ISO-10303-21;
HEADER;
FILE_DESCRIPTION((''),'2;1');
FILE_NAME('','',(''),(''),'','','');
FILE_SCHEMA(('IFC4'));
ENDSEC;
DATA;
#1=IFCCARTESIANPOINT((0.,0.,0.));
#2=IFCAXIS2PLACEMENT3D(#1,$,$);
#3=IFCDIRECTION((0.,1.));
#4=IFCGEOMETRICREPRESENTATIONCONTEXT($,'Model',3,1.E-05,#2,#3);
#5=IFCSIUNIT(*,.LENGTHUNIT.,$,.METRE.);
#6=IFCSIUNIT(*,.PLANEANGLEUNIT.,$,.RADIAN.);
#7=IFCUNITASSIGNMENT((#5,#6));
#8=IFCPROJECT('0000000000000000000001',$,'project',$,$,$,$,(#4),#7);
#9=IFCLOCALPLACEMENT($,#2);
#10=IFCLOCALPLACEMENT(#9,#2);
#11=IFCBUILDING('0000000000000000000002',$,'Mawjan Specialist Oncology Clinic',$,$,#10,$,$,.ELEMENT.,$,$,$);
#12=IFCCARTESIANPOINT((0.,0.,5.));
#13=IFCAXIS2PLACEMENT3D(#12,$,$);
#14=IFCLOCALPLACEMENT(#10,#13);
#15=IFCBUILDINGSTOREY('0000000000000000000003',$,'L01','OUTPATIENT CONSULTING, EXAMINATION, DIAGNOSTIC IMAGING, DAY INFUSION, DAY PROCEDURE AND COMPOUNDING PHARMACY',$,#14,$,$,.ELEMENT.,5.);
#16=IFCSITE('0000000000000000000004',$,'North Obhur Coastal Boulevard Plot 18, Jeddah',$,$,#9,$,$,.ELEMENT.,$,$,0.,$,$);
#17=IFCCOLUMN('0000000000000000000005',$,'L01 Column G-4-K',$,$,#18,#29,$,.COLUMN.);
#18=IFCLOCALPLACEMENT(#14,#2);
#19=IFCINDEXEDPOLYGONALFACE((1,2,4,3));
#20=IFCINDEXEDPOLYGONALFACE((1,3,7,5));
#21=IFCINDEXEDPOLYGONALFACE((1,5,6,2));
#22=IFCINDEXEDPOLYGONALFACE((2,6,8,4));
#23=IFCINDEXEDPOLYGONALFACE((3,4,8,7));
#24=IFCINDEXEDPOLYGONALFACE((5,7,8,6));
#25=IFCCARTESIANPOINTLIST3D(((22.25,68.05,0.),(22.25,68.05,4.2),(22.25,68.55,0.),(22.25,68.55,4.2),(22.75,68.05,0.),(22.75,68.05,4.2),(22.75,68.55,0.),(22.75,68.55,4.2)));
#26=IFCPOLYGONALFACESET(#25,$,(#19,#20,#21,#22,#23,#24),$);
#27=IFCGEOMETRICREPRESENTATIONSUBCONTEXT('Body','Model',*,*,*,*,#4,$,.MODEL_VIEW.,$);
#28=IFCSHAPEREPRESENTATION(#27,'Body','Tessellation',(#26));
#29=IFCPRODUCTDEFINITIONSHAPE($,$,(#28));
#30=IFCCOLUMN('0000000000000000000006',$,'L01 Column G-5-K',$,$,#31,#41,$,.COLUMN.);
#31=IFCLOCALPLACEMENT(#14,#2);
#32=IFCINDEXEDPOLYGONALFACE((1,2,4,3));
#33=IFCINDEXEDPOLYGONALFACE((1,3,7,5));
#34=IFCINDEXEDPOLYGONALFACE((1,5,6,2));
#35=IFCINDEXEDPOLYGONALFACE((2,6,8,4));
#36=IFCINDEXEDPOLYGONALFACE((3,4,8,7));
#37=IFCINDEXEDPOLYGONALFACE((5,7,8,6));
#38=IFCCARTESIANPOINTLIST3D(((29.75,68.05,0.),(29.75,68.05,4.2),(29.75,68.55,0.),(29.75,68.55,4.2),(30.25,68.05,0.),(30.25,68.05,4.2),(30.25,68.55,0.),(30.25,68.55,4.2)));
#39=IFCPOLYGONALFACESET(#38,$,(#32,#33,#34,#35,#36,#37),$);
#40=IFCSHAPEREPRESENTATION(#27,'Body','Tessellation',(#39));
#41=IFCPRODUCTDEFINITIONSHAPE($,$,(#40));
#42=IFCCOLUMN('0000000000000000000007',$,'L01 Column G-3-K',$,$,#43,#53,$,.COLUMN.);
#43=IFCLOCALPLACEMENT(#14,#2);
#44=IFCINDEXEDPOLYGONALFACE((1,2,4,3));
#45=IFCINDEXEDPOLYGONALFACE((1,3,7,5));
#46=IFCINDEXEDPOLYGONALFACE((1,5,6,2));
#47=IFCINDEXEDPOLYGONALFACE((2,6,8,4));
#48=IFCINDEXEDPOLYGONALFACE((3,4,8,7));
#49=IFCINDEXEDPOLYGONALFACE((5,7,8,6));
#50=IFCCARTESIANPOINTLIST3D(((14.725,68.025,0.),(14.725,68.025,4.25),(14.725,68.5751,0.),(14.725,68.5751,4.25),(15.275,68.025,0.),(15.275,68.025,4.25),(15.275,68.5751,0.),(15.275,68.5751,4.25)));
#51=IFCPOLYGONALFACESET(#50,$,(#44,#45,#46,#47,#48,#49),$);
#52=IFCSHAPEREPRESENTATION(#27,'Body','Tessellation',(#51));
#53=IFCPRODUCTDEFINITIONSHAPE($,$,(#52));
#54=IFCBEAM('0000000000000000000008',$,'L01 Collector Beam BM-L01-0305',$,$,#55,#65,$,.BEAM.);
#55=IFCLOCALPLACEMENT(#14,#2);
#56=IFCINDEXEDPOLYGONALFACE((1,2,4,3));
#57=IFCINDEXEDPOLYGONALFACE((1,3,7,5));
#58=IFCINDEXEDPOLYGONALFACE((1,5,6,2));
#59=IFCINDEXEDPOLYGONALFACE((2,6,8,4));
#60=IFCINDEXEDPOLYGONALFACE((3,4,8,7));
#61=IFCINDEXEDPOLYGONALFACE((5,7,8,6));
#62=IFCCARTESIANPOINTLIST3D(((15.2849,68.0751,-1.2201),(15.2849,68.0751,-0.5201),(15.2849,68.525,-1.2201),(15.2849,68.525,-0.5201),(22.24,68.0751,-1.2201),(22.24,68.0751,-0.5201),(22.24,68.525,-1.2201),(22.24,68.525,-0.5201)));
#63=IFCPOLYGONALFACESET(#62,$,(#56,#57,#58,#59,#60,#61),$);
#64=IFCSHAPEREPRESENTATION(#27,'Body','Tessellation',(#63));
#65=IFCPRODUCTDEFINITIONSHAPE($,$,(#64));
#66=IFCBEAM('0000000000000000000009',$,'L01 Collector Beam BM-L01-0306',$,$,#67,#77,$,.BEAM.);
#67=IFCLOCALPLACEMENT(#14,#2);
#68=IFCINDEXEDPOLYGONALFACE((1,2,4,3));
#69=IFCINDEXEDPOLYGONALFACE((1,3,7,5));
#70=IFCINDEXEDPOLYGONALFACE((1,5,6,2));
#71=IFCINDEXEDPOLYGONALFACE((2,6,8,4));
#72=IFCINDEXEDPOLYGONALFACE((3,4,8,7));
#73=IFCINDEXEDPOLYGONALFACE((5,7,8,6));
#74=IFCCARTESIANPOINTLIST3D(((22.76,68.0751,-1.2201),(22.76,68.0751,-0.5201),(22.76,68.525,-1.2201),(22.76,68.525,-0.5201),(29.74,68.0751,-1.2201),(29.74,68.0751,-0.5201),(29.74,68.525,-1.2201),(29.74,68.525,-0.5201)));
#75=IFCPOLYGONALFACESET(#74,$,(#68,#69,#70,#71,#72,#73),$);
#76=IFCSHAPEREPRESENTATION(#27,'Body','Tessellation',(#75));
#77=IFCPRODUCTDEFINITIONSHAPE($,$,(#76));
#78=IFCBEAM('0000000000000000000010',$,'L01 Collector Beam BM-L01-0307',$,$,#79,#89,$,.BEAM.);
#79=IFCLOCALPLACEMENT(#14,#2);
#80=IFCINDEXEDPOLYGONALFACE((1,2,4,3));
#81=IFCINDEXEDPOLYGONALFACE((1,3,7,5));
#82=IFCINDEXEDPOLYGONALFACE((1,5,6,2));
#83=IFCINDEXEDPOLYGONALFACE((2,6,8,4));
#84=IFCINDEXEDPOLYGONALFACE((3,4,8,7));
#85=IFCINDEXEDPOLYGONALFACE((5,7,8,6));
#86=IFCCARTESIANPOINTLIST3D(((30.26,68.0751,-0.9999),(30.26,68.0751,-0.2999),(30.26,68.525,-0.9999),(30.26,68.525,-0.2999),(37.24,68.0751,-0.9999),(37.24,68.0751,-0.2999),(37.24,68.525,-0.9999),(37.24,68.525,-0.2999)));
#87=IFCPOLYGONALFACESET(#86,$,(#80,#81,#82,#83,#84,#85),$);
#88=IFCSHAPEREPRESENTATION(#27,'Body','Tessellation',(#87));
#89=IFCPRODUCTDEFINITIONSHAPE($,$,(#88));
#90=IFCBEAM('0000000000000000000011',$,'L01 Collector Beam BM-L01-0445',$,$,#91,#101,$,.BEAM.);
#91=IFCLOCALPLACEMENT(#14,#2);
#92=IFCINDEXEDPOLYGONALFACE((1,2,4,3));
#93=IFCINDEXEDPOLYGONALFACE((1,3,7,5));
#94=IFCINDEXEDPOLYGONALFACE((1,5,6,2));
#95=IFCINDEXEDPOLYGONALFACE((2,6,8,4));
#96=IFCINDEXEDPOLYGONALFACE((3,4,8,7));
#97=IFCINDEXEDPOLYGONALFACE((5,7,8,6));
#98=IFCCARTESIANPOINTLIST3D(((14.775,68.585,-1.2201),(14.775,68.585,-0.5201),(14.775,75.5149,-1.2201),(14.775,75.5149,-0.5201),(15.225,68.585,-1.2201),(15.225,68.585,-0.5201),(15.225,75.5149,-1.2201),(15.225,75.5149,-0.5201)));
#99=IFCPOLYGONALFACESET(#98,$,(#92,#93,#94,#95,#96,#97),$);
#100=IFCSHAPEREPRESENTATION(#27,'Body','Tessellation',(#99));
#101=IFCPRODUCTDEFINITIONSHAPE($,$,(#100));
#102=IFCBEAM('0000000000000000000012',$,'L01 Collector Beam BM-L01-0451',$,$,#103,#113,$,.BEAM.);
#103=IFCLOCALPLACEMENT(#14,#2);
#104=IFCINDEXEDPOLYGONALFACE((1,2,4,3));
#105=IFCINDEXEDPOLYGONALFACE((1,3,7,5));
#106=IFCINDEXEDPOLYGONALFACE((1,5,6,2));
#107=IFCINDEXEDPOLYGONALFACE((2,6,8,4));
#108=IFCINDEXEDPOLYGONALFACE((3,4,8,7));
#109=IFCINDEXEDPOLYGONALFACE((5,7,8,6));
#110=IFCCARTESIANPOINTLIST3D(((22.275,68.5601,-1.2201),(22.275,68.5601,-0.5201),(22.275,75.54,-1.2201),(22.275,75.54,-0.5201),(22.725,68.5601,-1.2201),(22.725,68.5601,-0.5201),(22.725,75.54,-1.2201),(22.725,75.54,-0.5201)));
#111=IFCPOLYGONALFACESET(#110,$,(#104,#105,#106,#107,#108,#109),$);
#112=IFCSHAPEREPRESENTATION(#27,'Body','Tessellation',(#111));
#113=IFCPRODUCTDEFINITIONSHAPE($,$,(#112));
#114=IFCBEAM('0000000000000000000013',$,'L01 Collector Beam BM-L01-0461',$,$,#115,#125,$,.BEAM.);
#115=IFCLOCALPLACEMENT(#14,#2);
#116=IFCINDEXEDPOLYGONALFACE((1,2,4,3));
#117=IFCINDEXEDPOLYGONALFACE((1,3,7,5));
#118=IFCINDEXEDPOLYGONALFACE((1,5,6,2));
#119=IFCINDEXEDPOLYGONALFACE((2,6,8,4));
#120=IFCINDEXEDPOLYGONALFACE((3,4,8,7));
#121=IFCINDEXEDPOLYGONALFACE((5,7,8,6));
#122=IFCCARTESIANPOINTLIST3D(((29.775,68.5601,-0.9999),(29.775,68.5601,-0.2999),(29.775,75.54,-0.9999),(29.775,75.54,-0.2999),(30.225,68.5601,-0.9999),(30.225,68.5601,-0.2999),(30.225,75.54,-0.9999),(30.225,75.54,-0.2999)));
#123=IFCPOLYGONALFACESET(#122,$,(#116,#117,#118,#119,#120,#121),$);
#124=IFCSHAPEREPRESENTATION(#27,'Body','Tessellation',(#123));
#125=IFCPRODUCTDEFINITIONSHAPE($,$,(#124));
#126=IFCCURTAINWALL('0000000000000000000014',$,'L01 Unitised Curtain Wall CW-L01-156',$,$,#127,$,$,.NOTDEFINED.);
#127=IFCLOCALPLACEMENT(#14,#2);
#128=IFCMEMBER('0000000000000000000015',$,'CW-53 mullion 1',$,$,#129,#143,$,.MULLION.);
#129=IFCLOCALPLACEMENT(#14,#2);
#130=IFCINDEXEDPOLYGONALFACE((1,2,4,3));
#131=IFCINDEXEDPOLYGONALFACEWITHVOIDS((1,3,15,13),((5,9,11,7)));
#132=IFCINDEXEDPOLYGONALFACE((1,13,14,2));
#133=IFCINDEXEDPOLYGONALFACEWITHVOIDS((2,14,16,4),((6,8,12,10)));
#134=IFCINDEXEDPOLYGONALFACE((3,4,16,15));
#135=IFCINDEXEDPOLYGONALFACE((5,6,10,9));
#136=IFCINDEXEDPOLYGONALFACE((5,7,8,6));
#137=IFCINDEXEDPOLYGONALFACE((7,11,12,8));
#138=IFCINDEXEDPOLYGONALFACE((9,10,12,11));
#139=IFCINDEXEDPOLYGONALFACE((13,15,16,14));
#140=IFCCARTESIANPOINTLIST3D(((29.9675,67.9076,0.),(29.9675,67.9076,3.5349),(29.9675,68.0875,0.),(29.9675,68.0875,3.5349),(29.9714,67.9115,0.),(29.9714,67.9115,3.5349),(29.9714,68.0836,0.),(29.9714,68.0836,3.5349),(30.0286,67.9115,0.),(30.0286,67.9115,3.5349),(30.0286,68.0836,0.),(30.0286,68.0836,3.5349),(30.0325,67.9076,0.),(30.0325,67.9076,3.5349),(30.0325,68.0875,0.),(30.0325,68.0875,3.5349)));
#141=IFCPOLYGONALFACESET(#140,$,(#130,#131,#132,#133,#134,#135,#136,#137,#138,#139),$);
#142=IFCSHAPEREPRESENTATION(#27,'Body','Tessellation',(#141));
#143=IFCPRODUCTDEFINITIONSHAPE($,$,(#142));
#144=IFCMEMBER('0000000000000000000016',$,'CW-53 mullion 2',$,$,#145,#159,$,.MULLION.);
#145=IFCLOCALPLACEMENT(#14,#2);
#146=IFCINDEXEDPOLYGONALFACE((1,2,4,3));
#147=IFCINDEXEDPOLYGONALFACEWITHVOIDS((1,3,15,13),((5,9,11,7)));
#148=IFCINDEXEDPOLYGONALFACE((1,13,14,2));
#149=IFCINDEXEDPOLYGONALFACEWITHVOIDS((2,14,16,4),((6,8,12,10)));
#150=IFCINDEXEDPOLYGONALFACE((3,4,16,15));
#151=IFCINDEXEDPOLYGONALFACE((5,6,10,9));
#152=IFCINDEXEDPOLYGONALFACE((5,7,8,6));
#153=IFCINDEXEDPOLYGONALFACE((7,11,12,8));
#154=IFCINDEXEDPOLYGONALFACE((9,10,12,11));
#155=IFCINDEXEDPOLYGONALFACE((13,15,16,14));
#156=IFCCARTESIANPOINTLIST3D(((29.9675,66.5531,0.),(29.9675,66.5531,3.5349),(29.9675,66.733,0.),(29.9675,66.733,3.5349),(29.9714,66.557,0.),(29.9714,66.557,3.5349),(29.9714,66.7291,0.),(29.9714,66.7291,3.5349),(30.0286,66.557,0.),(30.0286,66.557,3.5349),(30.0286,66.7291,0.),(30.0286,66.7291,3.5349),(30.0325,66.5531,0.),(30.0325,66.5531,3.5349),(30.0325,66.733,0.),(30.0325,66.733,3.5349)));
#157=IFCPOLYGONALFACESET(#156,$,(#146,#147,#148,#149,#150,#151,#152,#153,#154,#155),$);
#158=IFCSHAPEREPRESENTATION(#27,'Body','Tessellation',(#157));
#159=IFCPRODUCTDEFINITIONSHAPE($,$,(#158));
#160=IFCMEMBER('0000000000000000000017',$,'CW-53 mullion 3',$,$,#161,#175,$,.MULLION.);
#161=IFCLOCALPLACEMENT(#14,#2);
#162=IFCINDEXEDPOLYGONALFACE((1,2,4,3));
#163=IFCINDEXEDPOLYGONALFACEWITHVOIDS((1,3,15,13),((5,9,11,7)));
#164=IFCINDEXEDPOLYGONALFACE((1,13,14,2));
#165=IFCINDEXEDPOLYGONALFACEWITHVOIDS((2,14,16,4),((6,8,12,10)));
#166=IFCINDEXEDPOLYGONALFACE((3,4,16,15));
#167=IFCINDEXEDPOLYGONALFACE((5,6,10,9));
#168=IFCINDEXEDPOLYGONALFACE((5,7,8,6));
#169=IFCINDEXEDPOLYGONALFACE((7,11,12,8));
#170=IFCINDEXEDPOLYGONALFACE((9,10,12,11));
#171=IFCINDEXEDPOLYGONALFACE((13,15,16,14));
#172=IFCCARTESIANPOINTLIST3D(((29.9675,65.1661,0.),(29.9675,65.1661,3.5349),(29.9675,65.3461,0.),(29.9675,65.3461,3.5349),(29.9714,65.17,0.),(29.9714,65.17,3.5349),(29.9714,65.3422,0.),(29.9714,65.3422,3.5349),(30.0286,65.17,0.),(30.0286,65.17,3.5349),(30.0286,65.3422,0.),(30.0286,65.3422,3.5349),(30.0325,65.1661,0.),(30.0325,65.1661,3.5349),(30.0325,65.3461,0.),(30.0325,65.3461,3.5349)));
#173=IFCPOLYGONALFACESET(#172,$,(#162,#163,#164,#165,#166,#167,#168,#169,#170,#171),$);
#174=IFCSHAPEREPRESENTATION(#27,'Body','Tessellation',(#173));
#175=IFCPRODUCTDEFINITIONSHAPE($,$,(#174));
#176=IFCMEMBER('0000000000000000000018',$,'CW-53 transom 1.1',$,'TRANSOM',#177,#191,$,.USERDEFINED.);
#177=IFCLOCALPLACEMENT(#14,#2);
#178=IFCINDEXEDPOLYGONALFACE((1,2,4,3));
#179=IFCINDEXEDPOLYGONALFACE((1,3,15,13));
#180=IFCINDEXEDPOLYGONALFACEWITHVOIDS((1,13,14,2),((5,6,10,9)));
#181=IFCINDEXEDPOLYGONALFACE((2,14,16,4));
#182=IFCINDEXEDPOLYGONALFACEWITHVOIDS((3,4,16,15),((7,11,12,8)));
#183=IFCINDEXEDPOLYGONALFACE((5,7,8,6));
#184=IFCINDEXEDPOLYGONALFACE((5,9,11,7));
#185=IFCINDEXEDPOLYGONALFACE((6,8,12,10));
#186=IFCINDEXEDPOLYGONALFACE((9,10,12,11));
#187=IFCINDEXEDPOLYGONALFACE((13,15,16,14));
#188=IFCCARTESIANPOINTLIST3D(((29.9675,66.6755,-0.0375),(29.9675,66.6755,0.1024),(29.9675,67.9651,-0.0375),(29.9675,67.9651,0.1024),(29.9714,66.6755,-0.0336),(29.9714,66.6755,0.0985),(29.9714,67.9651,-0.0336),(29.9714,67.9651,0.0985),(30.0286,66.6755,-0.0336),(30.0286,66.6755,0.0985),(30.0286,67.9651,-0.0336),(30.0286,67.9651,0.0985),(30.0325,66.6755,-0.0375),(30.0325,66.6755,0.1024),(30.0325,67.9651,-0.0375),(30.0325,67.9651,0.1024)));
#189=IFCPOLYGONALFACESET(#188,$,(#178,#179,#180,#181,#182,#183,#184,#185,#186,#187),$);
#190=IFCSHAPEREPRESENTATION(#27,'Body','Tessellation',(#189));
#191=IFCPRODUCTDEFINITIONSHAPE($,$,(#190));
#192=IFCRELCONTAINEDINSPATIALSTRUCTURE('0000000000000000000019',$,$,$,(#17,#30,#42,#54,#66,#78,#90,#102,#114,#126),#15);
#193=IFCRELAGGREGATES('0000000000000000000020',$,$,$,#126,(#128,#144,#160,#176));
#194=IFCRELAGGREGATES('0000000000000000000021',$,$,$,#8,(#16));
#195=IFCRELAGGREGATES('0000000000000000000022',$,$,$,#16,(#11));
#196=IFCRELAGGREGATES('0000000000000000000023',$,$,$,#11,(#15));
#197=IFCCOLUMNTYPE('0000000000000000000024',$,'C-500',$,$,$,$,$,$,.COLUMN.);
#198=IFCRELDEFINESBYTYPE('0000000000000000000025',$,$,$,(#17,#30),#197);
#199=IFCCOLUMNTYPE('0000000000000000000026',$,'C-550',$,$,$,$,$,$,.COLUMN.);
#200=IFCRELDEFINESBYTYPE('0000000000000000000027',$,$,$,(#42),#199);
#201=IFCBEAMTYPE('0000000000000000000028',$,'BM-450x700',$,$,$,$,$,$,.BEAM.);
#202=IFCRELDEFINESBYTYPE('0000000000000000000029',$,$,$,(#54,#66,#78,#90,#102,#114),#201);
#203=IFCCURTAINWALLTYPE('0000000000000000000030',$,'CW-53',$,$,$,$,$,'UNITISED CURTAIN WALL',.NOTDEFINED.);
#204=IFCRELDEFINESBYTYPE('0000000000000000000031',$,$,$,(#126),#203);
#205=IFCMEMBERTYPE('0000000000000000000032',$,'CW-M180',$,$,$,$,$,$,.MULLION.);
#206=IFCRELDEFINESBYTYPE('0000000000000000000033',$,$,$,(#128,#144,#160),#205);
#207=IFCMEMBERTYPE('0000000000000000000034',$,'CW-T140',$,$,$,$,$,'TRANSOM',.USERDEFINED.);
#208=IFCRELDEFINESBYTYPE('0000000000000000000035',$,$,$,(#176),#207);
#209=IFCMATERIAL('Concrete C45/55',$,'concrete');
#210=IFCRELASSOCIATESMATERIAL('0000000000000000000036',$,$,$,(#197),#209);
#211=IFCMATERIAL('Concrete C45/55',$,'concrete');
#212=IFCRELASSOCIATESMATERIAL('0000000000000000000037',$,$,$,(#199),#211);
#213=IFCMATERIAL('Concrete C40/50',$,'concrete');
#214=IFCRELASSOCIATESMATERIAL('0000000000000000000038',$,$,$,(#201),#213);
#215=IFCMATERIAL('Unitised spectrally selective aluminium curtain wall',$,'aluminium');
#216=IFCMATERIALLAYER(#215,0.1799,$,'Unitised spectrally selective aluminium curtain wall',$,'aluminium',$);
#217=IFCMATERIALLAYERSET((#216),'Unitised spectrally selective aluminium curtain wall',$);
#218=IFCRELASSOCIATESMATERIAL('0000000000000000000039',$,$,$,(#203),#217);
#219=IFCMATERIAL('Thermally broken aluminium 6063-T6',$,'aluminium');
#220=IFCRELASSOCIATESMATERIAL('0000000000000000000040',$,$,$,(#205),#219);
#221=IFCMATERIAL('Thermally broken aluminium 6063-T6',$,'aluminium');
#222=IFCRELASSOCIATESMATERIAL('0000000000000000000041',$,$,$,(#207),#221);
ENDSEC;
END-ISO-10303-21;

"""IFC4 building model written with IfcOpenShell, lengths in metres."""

from ifc_helpers import new_model, si_unit, direction, frame, origin, origin_2d, place, context, subcontext, project, spatial, rectangle, hollow_rectangle, extrude, material, layer, layer_set, material_profile, profile_set, type_object, element, aggregate, save


model = new_model("IFC4")

# Units and contexts
model_context = context("Model", 3, precision=1e-05, world=origin(), true_north=direction((0.0, 1.0)))
body_context = subcontext(model_context, "Body", "Model", "MODEL_VIEW")
ifc_project = project(units=[si_unit("LENGTHUNIT", "METRE"), si_unit("PLANEANGLEUNIT", "RADIAN")], contexts=[model_context])

# Site, building, storey
site_placement = place(None, origin())
site = spatial("IfcSite", under=ifc_project, at=site_placement, Name="North Obhur Coastal Boulevard Plot 18, Jeddah", CompositionType="ELEMENT", RefElevation=0.0)
building_placement = place(site_placement, origin())
building = spatial("IfcBuilding", under=site, at=building_placement, Name="Mawjan Specialist Oncology Clinic", CompositionType="ELEMENT")
storey_placement = place(building_placement, frame((0.0, 0.0, 5.0)))
storey = spatial("IfcBuildingStorey", under=building, at=storey_placement, Name="L01", Description="OUTPATIENT CONSULTING, EXAMINATION, DIAGNOSTIC IMAGING, DAY INFUSION, DAY PROCEDURE AND COMPOUNDING PHARMACY", CompositionType="ELEMENT", Elevation=5.0)

# Columns
ifc_material_1 = material(Name="Concrete C45/55", Category="concrete")
ifc_material_profile_1 = material_profile(ifc_material_1, rectangle(XDim=0.5, YDim=0.5, at=origin_2d()), Name="RC COL 500x500", Category="concrete")
ifc_profile_set_1 = profile_set([ifc_material_profile_1], Name="Concrete C45/55")
column_type_1 = type_object("IfcColumnType", Name="C-500", PredefinedType="COLUMN", material=ifc_profile_set_1)
for number, where, z_axis, x_axis, name in (
    (1, (22.5, 68.3, 0.0), (0.0, 0.0, 1.0), (1.0, 0.0, 0.0), "L01 Column G-4-K"),
    (2, (30.0, 68.3, 0.0), (0.0, 0.0, 1.0), (1.0, 0.0, 0.0), "L01 Column G-5-K"),
):
    element("IfcColumn", number, at=place(storey_placement, frame(where, z_axis=z_axis, x_axis=x_axis)), inside=storey, type_object=column_type_1, Name=name, PredefinedType="COLUMN", context=body_context, shape_type="SweptSolid", body=[
        extrude(rectangle(XDim=0.5, YDim=0.5, at=origin_2d()), origin(), (0.0, 0.0, 1.0), 4.2),
    ])
ifc_material_2 = material(Name="Concrete C45/55", Category="concrete")
ifc_material_profile_2 = material_profile(ifc_material_2, rectangle(XDim=0.55, YDim=0.55, at=origin_2d()), Name="RC COL 550x550", Category="concrete")
ifc_profile_set_2 = profile_set([ifc_material_profile_2], Name="Concrete C45/55")
column_type_2 = type_object("IfcColumnType", Name="C-550", PredefinedType="COLUMN", material=ifc_profile_set_2)
column_placement = place(storey_placement, frame((15.0, 68.3, 0.0), z_axis=(0.0, 0.0, 1.0), x_axis=(1.0, 0.0, 0.0)))
element("IfcColumn", 3, at=column_placement, inside=storey, type_object=column_type_2, Name="L01 Column G-3-K", PredefinedType="COLUMN", context=body_context, shape_type="SweptSolid", body=[
    extrude(rectangle(XDim=0.55, YDim=0.55, at=origin_2d()), origin(), (0.0, 0.0, 1.0), 4.25),
])

# Beams
ifc_material_3 = material(Name="Concrete C40/50", Category="concrete")
ifc_material_profile_3 = material_profile(ifc_material_3, rectangle(XDim=0.45, YDim=0.7, at=origin_2d()), Name="RC BM 450x700", Category="concrete")
ifc_profile_set_3 = profile_set([ifc_material_profile_3], Name="Concrete C40/50")
beam_type = type_object("IfcBeamType", Name="BM-450x700", PredefinedType="BEAM", material=ifc_profile_set_3)
beam_1_placement = place(storey_placement, frame((15.2849, 68.3, -0.8701), z_axis=(1.0, 0.0, 0.0), x_axis=(0.0, 1.0, 0.0)))
element("IfcBeam", 4, at=beam_1_placement, inside=storey, type_object=beam_type, Name="L01 Collector Beam BM-L01-0305", PredefinedType="BEAM", context=body_context, shape_type="SweptSolid", body=[
    extrude(rectangle(XDim=0.45, YDim=0.7, at=origin_2d()), origin(), (0.0, 0.0, 1.0), 6.9551),
])
for number, where, z_axis, x_axis, name in (
    (5, (22.76, 68.3, -0.8701), (1.0, 0.0, 0.0), (0.0, 1.0, 0.0), "L01 Collector Beam BM-L01-0306"),
    (6, (30.26, 68.3, -0.6499), (1.0, 0.0, 0.0), (0.0, 1.0, 0.0), "L01 Collector Beam BM-L01-0307"),
):
    element("IfcBeam", number, at=place(storey_placement, frame(where, z_axis=z_axis, x_axis=x_axis)), inside=storey, type_object=beam_type, Name=name, PredefinedType="BEAM", context=body_context, shape_type="SweptSolid", body=[
        extrude(rectangle(XDim=0.45, YDim=0.7, at=origin_2d()), origin(), (0.0, 0.0, 1.0), 6.98),
    ])
beam_2_placement = place(storey_placement, frame((15.0, 68.585, -0.8701), z_axis=(0.0, 1.0, 0.0), x_axis=(-1.0, 0.0, 0.0)))
element("IfcBeam", 7, at=beam_2_placement, inside=storey, type_object=beam_type, Name="L01 Collector Beam BM-L01-0445", PredefinedType="BEAM", context=body_context, shape_type="SweptSolid", body=[
    extrude(rectangle(XDim=0.45, YDim=0.7, at=origin_2d()), origin(), (0.0, 0.0, 1.0), 6.9299),
])
for number, where, z_axis, x_axis, name in (
    (8, (22.5, 68.5601, -0.8701), (0.0, 1.0, 0.0), (-1.0, 0.0, 0.0), "L01 Collector Beam BM-L01-0451"),
    (9, (30.0, 68.5601, -0.6499), (0.0, 1.0, 0.0), (-1.0, 0.0, 0.0), "L01 Collector Beam BM-L01-0461"),
):
    element("IfcBeam", number, at=place(storey_placement, frame(where, z_axis=z_axis, x_axis=x_axis)), inside=storey, type_object=beam_type, Name=name, PredefinedType="BEAM", context=body_context, shape_type="SweptSolid", body=[
        extrude(rectangle(XDim=0.45, YDim=0.7, at=origin_2d()), origin(), (0.0, 0.0, 1.0), 6.98),
    ])

# Curtain wall, members
ifc_material_4 = material(Name="Unitised spectrally selective aluminium curtain wall", Category="aluminium")
ifc_layer_1 = layer(ifc_material_4, 0.1799, Name="Unitised spectrally selective aluminium curtain wall", Category="aluminium")
ifc_layer_set_1 = layer_set([ifc_layer_1], Name="Unitised spectrally selective aluminium curtain wall")
curtain_wall_type = type_object("IfcCurtainWallType", Name="CW-53", ElementType="UNITISED CURTAIN WALL", PredefinedType="NOTDEFINED", material=ifc_layer_set_1)
curtain_wall_placement = place(storey_placement, origin())
curtain_wall = element("IfcCurtainWall", 10, at=curtain_wall_placement, inside=storey, type_object=curtain_wall_type, Name="L01 Unitised Curtain Wall CW-L01-156", PredefinedType="NOTDEFINED")
ifc_material_5 = material(Name="Thermally broken aluminium 6063-T6", Category="aluminium")
ifc_material_profile_4 = material_profile(ifc_material_5, hollow_rectangle(XDim=0.0649, YDim=0.1799, WallThickness=0.0039, at=origin_2d()), Name="ALU MULLION 180x65x4", Category="aluminium")
ifc_profile_set_4 = profile_set([ifc_material_profile_4], Name="Thermally broken aluminium 6063-T6")
member_type_1 = type_object("IfcMemberType", Name="CW-M180", PredefinedType="MULLION", material=ifc_profile_set_4)
member_1_placement = place(storey_placement, frame((30.0, 67.9976, 0.0), z_axis=(0.0, 0.0, 1.0), x_axis=(1.0, 0.0, 0.0)))
member_1 = element("IfcMember", 11, at=member_1_placement, type_object=member_type_1, Name="CW-53 mullion 1", PredefinedType="MULLION", context=body_context, shape_type="SweptSolid", body=[
    extrude(hollow_rectangle(XDim=0.0649, YDim=0.1799, WallThickness=0.0039, at=origin_2d()), origin(), (0.0, 0.0, 1.0), 3.5349),
])
member_2_placement = place(storey_placement, frame((30.0, 66.6431, 0.0), z_axis=(0.0, 0.0, 1.0), x_axis=(1.0, 0.0, 0.0)))
member_2 = element("IfcMember", 12, at=member_2_placement, type_object=member_type_1, Name="CW-53 mullion 2", PredefinedType="MULLION", context=body_context, shape_type="SweptSolid", body=[
    extrude(hollow_rectangle(XDim=0.0649, YDim=0.1799, WallThickness=0.0039, at=origin_2d()), origin(), (0.0, 0.0, 1.0), 3.5349),
])
member_3_placement = place(storey_placement, frame((30.0, 65.2561, 0.0), z_axis=(0.0, 0.0, 1.0), x_axis=(1.0, 0.0, 0.0)))
member_3 = element("IfcMember", 13, at=member_3_placement, type_object=member_type_1, Name="CW-53 mullion 3", PredefinedType="MULLION", context=body_context, shape_type="SweptSolid", body=[
    extrude(hollow_rectangle(XDim=0.0649, YDim=0.1799, WallThickness=0.0039, at=origin_2d()), origin(), (0.0, 0.0, 1.0), 3.5349),
])
ifc_material_6 = material(Name="Thermally broken aluminium 6063-T6", Category="aluminium")
ifc_material_profile_5 = material_profile(ifc_material_6, hollow_rectangle(XDim=0.0649, YDim=0.1399, WallThickness=0.0039, at=origin_2d()), Name="ALU TRANSOM 140x65x4", Category="aluminium")
ifc_profile_set_5 = profile_set([ifc_material_profile_5], Name="Thermally broken aluminium 6063-T6")
member_type_2 = type_object("IfcMemberType", Name="CW-T140", ElementType="TRANSOM", PredefinedType="USERDEFINED", material=ifc_profile_set_5)
member_4_placement = place(storey_placement, frame((30.0, 67.9651, 0.0325), z_axis=(0.0, -1.0, 0.0), x_axis=(1.0, 0.0, 0.0)))
member_4 = element("IfcMember", 14, at=member_4_placement, type_object=member_type_2, Name="CW-53 transom 1.1", ObjectType="TRANSOM", PredefinedType="USERDEFINED", context=body_context, shape_type="SweptSolid", body=[
    extrude(hollow_rectangle(XDim=0.0649, YDim=0.1399, WallThickness=0.0039, at=origin_2d()), origin(), (0.0, 0.0, 1.0), 1.2896),
])
aggregate(curtain_wall, [member_1, member_2, member_3, member_4])

save(model, "model.ifc")
